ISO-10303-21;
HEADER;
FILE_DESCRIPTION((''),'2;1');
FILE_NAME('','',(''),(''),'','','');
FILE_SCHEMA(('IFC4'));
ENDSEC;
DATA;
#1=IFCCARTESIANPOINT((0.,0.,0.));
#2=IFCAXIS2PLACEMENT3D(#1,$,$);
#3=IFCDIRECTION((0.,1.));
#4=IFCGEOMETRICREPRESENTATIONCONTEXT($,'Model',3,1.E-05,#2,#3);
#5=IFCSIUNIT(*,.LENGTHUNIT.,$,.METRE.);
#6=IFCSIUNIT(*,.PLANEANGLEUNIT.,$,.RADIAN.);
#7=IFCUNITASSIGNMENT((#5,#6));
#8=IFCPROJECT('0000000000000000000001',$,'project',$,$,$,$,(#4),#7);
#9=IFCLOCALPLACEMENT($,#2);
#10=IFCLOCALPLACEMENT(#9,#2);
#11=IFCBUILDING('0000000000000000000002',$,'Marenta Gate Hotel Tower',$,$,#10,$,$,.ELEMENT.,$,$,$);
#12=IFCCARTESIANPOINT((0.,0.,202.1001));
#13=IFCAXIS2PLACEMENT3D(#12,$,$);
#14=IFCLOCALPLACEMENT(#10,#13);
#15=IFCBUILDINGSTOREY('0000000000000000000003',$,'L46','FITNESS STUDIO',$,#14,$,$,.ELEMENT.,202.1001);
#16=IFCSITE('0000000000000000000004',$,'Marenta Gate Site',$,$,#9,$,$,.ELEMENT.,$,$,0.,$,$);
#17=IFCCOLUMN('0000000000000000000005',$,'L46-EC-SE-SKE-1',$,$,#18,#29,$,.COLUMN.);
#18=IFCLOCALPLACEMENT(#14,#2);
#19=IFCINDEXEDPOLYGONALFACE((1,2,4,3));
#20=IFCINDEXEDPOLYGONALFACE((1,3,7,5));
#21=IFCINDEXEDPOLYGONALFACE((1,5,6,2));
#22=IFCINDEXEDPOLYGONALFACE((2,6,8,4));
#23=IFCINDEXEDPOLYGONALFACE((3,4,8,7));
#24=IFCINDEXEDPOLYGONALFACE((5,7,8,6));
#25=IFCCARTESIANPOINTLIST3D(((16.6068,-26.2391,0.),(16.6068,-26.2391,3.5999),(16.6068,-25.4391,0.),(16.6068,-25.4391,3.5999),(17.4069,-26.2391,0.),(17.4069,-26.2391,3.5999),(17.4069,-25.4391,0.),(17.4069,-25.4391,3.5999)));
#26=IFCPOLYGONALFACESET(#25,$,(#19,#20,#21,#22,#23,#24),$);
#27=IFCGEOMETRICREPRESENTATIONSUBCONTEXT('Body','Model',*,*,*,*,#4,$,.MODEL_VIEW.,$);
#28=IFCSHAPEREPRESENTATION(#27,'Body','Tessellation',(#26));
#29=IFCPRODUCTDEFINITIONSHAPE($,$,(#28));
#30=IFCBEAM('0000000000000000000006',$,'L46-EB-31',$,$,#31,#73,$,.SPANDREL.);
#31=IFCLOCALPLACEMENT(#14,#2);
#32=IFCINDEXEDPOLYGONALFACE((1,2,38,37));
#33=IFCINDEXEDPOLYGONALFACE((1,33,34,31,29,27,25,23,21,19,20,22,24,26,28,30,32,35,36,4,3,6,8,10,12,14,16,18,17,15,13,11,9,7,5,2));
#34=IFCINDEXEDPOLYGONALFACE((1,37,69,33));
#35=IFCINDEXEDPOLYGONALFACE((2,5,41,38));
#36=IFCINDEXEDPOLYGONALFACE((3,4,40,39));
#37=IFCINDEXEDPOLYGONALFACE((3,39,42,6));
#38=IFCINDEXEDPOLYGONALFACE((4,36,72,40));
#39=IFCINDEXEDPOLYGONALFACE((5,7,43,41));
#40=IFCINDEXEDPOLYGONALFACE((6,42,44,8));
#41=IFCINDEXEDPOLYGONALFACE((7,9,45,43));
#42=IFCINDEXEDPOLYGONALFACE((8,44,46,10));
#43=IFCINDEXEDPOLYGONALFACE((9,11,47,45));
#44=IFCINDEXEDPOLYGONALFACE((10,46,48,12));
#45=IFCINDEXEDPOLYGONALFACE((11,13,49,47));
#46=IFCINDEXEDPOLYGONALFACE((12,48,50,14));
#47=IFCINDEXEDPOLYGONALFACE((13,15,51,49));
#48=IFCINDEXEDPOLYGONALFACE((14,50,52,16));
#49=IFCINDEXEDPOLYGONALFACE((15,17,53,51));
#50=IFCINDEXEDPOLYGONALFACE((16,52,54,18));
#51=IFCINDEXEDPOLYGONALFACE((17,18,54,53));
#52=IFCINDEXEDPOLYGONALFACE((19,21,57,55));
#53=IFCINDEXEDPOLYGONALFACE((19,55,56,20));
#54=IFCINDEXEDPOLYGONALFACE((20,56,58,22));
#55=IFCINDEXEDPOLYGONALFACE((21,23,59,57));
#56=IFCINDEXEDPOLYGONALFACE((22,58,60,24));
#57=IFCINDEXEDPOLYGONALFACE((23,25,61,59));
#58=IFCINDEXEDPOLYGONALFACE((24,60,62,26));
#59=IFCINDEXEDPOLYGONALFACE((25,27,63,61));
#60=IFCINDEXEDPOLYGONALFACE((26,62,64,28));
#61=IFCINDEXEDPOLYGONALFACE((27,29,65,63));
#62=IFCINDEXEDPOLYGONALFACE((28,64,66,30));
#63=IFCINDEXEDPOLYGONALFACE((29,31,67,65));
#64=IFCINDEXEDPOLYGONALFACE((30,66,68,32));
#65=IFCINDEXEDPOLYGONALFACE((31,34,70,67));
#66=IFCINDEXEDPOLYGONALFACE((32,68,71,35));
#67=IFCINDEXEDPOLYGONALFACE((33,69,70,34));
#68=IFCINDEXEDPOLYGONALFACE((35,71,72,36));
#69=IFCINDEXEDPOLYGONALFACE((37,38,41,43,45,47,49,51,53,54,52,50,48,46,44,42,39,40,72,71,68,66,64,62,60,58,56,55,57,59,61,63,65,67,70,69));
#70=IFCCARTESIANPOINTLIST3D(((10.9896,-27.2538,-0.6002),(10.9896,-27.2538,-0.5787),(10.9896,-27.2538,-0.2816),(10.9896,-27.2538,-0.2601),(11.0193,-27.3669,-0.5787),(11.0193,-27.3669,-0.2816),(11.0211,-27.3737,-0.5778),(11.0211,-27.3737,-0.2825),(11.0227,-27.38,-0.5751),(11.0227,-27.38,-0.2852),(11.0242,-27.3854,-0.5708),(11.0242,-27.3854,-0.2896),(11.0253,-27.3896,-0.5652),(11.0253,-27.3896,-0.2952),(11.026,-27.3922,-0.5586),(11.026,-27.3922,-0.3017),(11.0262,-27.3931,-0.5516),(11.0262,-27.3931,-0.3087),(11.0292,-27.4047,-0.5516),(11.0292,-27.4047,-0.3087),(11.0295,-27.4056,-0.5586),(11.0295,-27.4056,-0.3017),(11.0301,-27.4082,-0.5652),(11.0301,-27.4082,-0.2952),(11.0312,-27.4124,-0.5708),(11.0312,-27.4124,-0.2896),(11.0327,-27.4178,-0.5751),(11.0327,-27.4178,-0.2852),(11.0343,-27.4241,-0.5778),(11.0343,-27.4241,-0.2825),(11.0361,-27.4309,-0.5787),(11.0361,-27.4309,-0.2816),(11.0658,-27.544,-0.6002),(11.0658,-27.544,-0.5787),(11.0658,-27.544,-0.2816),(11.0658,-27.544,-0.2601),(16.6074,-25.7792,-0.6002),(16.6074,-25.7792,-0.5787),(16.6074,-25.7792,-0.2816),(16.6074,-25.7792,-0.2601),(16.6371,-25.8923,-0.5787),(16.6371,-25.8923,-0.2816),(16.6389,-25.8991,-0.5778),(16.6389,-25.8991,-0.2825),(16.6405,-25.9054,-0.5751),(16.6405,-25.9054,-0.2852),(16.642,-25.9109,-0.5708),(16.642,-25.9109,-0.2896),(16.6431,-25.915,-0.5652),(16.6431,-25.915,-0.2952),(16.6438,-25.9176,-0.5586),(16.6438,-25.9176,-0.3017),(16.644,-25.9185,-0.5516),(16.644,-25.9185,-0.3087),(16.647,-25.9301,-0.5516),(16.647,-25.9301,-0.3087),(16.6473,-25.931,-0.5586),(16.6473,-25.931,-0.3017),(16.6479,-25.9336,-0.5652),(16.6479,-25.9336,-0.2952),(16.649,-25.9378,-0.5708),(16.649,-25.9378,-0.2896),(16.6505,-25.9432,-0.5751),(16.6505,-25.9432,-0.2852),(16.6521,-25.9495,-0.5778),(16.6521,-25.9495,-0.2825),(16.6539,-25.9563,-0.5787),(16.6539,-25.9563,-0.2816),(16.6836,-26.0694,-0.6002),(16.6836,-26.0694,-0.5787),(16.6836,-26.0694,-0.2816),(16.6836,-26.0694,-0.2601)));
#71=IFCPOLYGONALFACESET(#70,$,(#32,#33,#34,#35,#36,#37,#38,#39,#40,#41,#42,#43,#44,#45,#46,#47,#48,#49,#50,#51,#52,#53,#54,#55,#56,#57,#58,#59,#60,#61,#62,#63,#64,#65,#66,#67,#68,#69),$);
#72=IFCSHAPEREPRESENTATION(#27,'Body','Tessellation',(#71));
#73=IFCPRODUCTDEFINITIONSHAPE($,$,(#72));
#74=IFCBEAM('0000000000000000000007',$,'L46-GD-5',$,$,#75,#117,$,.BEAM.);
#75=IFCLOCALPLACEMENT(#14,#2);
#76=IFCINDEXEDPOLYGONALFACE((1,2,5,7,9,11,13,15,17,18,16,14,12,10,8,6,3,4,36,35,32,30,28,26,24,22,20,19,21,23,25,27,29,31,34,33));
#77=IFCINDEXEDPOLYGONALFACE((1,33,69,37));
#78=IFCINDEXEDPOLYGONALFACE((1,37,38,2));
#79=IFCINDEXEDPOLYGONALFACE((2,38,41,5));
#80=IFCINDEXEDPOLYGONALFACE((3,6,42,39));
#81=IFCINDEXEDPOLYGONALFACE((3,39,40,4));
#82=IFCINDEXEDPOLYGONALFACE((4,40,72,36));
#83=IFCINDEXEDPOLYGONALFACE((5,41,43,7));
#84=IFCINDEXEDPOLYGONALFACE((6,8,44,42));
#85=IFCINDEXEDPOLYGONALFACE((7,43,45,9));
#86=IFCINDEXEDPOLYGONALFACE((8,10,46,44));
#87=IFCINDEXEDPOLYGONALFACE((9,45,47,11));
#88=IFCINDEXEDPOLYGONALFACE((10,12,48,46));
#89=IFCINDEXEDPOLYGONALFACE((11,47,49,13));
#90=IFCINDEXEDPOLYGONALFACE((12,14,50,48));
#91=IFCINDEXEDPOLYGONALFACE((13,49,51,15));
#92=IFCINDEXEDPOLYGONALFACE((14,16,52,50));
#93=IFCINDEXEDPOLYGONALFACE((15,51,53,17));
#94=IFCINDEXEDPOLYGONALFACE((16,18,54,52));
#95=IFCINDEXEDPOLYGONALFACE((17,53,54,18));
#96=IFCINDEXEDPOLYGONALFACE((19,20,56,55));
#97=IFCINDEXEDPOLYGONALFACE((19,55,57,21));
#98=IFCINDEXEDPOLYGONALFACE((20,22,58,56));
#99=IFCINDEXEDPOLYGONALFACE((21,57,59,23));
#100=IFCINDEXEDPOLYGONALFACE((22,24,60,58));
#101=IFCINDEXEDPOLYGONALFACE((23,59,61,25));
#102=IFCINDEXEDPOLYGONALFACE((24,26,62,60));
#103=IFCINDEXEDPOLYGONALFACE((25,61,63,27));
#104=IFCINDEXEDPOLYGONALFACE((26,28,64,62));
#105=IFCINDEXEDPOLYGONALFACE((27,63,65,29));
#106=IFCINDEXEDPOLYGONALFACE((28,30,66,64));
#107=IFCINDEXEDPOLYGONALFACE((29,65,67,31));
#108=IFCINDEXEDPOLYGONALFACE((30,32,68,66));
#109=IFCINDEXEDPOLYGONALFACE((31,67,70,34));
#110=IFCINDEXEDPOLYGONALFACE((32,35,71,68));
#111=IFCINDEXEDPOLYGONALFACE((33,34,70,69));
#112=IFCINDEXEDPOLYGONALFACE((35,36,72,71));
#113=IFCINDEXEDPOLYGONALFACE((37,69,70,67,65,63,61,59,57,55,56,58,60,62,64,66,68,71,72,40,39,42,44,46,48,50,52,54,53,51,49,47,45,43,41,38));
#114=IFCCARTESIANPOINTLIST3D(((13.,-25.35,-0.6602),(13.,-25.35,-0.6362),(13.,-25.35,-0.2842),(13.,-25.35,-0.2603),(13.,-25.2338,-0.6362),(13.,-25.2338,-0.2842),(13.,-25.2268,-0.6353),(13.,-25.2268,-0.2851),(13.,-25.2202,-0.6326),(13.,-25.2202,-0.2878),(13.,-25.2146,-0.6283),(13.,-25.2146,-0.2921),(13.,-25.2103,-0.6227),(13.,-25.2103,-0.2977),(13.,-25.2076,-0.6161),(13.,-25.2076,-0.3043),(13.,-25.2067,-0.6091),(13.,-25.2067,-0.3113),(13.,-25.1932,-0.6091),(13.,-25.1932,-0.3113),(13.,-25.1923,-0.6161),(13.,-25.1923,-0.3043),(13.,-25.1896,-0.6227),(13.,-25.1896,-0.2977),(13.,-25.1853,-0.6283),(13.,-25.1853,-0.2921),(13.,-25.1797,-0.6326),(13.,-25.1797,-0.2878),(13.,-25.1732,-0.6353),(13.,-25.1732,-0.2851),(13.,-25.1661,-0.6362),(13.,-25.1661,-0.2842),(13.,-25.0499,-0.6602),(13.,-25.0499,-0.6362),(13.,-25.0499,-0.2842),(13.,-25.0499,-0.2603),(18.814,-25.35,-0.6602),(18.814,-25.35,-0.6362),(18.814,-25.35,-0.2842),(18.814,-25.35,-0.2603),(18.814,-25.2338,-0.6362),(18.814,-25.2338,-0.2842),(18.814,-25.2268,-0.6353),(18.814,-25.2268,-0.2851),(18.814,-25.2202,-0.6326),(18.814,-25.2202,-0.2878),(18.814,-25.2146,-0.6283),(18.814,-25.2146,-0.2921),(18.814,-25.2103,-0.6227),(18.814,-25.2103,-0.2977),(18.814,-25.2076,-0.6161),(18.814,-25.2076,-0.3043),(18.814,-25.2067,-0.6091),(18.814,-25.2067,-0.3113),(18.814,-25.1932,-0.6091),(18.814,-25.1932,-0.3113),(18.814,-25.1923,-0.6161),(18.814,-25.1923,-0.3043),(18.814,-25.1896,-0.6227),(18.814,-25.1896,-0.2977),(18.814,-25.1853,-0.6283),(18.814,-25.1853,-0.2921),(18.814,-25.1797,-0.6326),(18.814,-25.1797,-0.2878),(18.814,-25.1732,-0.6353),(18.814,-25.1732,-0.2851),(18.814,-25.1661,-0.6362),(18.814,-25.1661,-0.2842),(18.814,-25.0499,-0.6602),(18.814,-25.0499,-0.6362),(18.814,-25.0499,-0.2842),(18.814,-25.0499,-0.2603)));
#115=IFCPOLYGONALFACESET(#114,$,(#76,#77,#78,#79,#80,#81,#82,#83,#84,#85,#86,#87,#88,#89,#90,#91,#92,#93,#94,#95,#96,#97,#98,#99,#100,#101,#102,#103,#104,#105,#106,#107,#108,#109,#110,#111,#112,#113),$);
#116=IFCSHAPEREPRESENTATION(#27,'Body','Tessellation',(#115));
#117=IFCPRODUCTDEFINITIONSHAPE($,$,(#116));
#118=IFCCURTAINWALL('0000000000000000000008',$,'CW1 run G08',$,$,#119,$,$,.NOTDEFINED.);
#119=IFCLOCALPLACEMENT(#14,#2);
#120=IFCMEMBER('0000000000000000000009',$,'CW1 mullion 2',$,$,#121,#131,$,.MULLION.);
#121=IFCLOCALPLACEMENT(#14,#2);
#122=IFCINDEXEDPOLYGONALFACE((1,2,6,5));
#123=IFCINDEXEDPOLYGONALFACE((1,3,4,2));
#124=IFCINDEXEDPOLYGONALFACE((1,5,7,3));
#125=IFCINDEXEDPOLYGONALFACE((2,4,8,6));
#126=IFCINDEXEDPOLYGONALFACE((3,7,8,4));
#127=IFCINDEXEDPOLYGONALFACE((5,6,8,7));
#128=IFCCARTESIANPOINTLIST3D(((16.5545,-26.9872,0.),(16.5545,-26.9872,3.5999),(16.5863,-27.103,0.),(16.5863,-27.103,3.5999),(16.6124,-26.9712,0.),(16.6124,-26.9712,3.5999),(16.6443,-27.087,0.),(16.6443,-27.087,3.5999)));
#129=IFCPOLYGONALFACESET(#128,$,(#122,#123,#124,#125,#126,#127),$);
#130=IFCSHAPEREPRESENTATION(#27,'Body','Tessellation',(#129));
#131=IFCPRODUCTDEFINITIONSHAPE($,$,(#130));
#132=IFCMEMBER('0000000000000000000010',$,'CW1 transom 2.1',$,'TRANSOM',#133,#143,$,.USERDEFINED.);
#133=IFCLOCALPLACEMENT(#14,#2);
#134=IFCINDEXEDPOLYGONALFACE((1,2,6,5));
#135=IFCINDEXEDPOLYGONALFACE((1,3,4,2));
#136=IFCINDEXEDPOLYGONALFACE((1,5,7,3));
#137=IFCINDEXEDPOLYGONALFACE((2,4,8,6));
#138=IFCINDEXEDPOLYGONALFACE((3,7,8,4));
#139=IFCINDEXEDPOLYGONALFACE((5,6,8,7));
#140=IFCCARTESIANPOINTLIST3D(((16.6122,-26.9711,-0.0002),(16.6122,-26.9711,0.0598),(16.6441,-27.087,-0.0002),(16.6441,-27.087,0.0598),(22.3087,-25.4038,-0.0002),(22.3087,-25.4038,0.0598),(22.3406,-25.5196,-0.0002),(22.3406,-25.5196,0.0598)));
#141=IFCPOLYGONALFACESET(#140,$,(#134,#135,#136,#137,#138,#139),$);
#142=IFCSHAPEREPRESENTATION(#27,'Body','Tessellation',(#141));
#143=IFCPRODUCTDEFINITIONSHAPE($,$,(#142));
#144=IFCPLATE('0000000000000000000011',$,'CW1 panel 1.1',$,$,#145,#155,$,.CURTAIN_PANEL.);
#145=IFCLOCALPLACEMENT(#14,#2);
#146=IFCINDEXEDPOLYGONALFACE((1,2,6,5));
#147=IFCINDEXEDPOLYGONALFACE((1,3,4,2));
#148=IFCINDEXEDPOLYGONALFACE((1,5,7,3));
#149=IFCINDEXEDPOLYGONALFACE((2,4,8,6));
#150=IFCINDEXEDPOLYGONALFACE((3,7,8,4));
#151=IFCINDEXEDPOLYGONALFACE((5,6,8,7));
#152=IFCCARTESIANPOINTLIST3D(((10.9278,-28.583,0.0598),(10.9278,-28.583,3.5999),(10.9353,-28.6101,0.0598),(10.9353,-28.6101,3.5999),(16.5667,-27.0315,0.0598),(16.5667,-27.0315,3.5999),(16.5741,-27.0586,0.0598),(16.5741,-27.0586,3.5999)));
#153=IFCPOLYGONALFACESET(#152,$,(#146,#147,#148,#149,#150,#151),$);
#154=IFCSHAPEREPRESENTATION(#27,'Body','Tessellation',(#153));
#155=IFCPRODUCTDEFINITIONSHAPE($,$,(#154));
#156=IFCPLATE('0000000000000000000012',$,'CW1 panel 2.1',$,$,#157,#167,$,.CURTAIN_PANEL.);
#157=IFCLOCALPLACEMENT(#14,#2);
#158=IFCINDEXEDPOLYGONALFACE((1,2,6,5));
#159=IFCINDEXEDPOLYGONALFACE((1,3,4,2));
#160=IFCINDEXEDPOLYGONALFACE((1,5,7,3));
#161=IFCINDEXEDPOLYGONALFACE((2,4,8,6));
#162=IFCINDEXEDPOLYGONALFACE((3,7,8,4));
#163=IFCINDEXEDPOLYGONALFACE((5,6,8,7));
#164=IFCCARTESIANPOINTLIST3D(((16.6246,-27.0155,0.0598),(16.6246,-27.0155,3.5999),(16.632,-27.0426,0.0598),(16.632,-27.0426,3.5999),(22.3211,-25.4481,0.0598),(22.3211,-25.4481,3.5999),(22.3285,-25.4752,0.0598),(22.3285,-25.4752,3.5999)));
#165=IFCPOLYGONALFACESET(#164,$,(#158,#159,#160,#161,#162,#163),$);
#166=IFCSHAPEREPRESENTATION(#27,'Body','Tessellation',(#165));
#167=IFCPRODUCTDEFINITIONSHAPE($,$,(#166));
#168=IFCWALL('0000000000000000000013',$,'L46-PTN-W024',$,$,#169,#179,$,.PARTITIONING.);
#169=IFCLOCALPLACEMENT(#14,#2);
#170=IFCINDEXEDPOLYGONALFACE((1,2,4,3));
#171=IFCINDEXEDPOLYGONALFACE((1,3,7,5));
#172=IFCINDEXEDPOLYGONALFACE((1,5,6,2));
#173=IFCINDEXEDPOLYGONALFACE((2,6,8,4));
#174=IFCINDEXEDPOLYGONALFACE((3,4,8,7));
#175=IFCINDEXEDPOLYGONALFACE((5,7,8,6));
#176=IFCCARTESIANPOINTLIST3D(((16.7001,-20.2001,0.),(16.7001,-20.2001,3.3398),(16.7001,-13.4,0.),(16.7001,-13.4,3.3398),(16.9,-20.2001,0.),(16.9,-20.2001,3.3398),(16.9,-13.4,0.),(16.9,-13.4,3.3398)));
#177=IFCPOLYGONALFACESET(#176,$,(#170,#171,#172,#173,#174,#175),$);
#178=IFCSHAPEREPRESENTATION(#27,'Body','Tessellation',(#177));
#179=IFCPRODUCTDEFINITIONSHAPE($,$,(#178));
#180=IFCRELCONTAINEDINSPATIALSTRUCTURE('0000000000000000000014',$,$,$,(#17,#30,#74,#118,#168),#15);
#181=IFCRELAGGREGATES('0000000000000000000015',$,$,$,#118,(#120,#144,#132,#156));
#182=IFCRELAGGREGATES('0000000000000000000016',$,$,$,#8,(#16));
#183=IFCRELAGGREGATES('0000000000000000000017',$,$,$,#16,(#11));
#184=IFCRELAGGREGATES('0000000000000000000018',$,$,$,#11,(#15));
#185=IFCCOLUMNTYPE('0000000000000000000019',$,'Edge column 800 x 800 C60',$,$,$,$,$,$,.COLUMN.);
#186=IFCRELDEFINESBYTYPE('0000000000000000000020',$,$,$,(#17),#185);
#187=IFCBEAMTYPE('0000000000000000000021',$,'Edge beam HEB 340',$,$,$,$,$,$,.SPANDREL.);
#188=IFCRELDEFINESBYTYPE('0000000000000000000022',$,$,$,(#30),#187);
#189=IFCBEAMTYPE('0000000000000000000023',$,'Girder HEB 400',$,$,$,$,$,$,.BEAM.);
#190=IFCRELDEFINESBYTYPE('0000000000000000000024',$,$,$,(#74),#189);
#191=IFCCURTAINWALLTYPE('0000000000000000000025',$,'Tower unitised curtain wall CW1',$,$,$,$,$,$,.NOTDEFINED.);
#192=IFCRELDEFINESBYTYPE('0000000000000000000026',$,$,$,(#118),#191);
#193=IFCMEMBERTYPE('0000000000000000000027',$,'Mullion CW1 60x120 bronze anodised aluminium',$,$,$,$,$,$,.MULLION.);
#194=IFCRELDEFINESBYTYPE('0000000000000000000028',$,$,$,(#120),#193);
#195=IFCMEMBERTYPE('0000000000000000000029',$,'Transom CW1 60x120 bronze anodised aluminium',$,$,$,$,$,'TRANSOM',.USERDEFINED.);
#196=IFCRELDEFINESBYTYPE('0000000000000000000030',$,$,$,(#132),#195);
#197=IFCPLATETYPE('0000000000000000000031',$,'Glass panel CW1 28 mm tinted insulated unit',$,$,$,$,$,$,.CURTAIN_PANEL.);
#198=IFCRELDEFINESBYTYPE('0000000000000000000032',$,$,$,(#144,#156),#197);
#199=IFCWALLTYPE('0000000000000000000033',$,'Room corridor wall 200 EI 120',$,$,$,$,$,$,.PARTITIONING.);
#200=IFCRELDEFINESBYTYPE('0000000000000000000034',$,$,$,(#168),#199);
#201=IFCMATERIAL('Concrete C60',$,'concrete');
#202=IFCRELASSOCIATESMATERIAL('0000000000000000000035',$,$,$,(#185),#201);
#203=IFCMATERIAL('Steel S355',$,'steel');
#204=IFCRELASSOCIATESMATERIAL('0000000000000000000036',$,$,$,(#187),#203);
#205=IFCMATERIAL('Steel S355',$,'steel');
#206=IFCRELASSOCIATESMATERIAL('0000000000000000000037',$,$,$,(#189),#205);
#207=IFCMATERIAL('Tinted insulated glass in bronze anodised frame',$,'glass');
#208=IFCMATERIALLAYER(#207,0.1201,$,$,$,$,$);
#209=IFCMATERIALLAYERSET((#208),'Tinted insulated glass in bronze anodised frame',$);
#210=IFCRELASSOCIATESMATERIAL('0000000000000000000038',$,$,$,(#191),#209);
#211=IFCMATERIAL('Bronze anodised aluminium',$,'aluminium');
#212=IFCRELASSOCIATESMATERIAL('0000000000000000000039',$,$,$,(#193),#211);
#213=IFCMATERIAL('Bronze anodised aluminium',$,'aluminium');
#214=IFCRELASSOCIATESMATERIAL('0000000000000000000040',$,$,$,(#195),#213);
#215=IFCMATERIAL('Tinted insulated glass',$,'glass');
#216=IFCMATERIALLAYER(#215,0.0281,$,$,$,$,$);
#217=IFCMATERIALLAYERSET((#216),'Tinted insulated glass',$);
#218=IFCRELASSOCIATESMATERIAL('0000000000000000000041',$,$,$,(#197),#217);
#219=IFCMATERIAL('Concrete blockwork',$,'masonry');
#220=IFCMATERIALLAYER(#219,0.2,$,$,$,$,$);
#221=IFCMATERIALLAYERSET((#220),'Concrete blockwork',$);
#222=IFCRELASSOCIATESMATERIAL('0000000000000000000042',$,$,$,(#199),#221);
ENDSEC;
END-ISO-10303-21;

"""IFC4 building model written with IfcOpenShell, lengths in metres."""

from ifc_helpers import new_model, si_unit, direction, frame, frame_2d, origin, origin_2d, place, context, subcontext, project, spatial, rectangle, i_section, extrude, material, layer, layer_set, material_profile, profile_set, type_object, element, aggregate, save


model = new_model("IFC4")

# Units and contexts
model_context = context("Model", 3, precision=1e-05, world=origin(), true_north=direction((0.0, 1.0)))
body_context = subcontext(model_context, "Body", "Model", "MODEL_VIEW")
ifc_project = project(units=[si_unit("LENGTHUNIT", "METRE"), si_unit("PLANEANGLEUNIT", "RADIAN")], contexts=[model_context])

# Site, building, storey
site_placement = place(None, origin())
site = spatial("IfcSite", under=ifc_project, at=site_placement, Name="Marenta Gate Site", CompositionType="ELEMENT", RefElevation=0.0)
building_placement = place(site_placement, origin())
building = spatial("IfcBuilding", under=site, at=building_placement, Name="Marenta Gate Hotel Tower", CompositionType="ELEMENT")
storey_placement = place(building_placement, frame((0.0, 0.0, 202.1001)))
storey = spatial("IfcBuildingStorey", under=building, at=storey_placement, Name="L46", Description="FITNESS STUDIO", CompositionType="ELEMENT", Elevation=202.1001)

# Column
ifc_material_1 = material(Name="Concrete C60", Category="concrete")
ifc_material_profile_1 = material_profile(ifc_material_1, rectangle(XDim=0.8, YDim=0.8, at=origin_2d()), Name="800 x 800")
ifc_profile_set_1 = profile_set([ifc_material_profile_1], Name="Concrete C60")
column_type = type_object("IfcColumnType", Name="Edge column 800 x 800 C60", PredefinedType="COLUMN", material=ifc_profile_set_1)
column_placement = place(storey_placement, frame((17.0068, -25.8391, 0.0), z_axis=(0.0, 0.0, 1.0), x_axis=(1.0, 0.0, 0.0)))
element("IfcColumn", 1, at=column_placement, inside=storey, type_object=column_type, Name="L46-EC-SE-SKE-1", PredefinedType="COLUMN", context=body_context, shape_type="SweptSolid", body=[
    extrude(rectangle(XDim=0.8, YDim=0.8, at=origin_2d()), origin(), (0.0, 0.0, 1.0), 3.5999),
])

# Beams
ifc_material_2 = material(Name="Steel S355", Category="steel")
ifc_material_profile_2 = material_profile(ifc_material_2, i_section(OverallWidth=0.3, OverallDepth=0.3401, WebThickness=0.012, FlangeThickness=0.0215, FilletRadius=0.0271, at=origin_2d()), Name="HEB 340")
ifc_profile_set_2 = profile_set([ifc_material_profile_2], Name="Steel S355")
beam_type_1 = type_object("IfcBeamType", Name="Edge beam HEB 340", PredefinedType="SPANDREL", material=ifc_profile_set_2)
beam_1_placement = place(storey_placement, frame((16.6455, -25.9243, -0.4302), z_axis=(-0.967235, -0.253883, 0.0), x_axis=(0.253883, -0.967235, 0.0)))
element("IfcBeam", 2, at=beam_1_placement, inside=storey, type_object=beam_type_1, Name="L46-EB-31", PredefinedType="SPANDREL", context=body_context, shape_type="SweptSolid", body=[
    extrude(i_section(OverallWidth=0.3, OverallDepth=0.3401, WebThickness=0.012, FlangeThickness=0.0215, FilletRadius=0.0271, at=origin_2d()), origin(), (0.0, 0.0, 1.0), 5.8081),
])
ifc_material_3 = material(Name="Steel S355", Category="steel")
ifc_material_profile_3 = material_profile(ifc_material_3, i_section(OverallWidth=0.3, OverallDepth=0.3999, WebThickness=0.0134, FlangeThickness=0.0239, FilletRadius=0.0271, at=origin_2d()), Name="HEB 400")
ifc_profile_set_3 = profile_set([ifc_material_profile_3], Name="Steel S355")
beam_type_2 = type_object("IfcBeamType", Name="Girder HEB 400", PredefinedType="BEAM", material=ifc_profile_set_3)
beam_2_placement = place(storey_placement, frame((13.0, -25.2, -0.4602), z_axis=(1.0, 0.0, 0.0), x_axis=(0.0, 1.0, 0.0)))
element("IfcBeam", 3, at=beam_2_placement, inside=storey, type_object=beam_type_2, Name="L46-GD-5", PredefinedType="BEAM", context=body_context, shape_type="SweptSolid", body=[
    extrude(i_section(OverallWidth=0.3, OverallDepth=0.3999, WebThickness=0.0134, FlangeThickness=0.0239, FilletRadius=0.0271, at=origin_2d()), origin(), (0.0, 0.0, 1.0), 5.814),
])

# Curtain wall, members, plates
ifc_material_4 = material(Name="Tinted insulated glass in bronze anodised frame", Category="glass")
ifc_layer_1 = layer(ifc_material_4, 0.1201)
ifc_layer_set_1 = layer_set([ifc_layer_1], Name="Tinted insulated glass in bronze anodised frame")
curtain_wall_type = type_object("IfcCurtainWallType", Name="Tower unitised curtain wall CW1", PredefinedType="NOTDEFINED", material=ifc_layer_set_1)
curtain_wall_placement = place(storey_placement, origin())
curtain_wall = element("IfcCurtainWall", 4, at=curtain_wall_placement, inside=storey, type_object=curtain_wall_type, Name="CW1 run G08", PredefinedType="NOTDEFINED")
ifc_material_5 = material(Name="Bronze anodised aluminium", Category="aluminium")
ifc_material_profile_4 = material_profile(ifc_material_5, rectangle(XDim=0.1201, YDim=0.0601, at=origin_2d()), Name="Mullion CW1 60x120 bronze anodised aluminium")
ifc_profile_set_4 = profile_set([ifc_material_profile_4], Name="Bronze anodised aluminium")
member_type_1 = type_object("IfcMemberType", Name="Mullion CW1 60x120 bronze anodised aluminium", PredefinedType="MULLION", material=ifc_profile_set_4)
member_1_placement = place(storey_placement, frame((16.5994, -27.0371, 0.0), z_axis=(0.0, 0.0, 1.0), x_axis=(-0.265293, 0.964168, 0.0)))
member_1 = element("IfcMember", 5, at=member_1_placement, type_object=member_type_1, Name="CW1 mullion 2", PredefinedType="MULLION", context=body_context, shape_type="SweptSolid", body=[
    extrude(rectangle(XDim=0.1201, YDim=0.0601, at=origin_2d()), origin(), (0.0, 0.0, 1.0), 3.5999),
])
ifc_material_6 = material(Name="Bronze anodised aluminium", Category="aluminium")
ifc_material_profile_5 = material_profile(ifc_material_6, rectangle(XDim=0.1201, YDim=0.0601, at=origin_2d()), Name="Transom CW1 60x120 bronze anodised aluminium")
ifc_profile_set_5 = profile_set([ifc_material_profile_5], Name="Bronze anodised aluminium")
member_type_2 = type_object("IfcMemberType", Name="Transom CW1 60x120 bronze anodised aluminium", ElementType="TRANSOM", PredefinedType="USERDEFINED", material=ifc_profile_set_5)
member_2_placement = place(storey_placement, frame((16.6282, -27.0291, 0.0298), z_axis=(0.964169, 0.265288, 0.0), x_axis=(-0.265288, 0.964169, 0.0)))
member_2 = element("IfcMember", 6, at=member_2_placement, type_object=member_type_2, Name="CW1 transom 2.1", ObjectType="TRANSOM", PredefinedType="USERDEFINED", context=body_context, shape_type="SweptSolid", body=[
    extrude(rectangle(XDim=0.1201, YDim=0.0601, at=origin_2d()), origin(), (0.0, 0.0, 1.0), 5.9082),
])
ifc_material_7 = material(Name="Tinted insulated glass", Category="glass")
ifc_layer_2 = layer(ifc_material_7, 0.0281)
ifc_layer_set_2 = layer_set([ifc_layer_2], Name="Tinted insulated glass")
plate_type = type_object("IfcPlateType", Name="Glass panel CW1 28 mm tinted insulated unit", PredefinedType="CURTAIN_PANEL", material=ifc_layer_set_2)
plate_1_placement = place(storey_placement, frame((13.751, -27.8208, 0.0598), z_axis=(0.0, 0.0, 1.0), x_axis=(0.964168, 0.265293, 0.0)))
plate_1 = element("IfcPlate", 7, at=plate_1_placement, type_object=plate_type, Name="CW1 panel 1.1", PredefinedType="CURTAIN_PANEL", context=body_context, shape_type="SweptSolid", body=[
    extrude(rectangle(XDim=5.8484, YDim=0.0281, at=origin_2d()), origin(), (0.0, 0.0, 1.0), 3.54),
])
plate_2_placement = place(storey_placement, frame((19.4766, -26.2454, 0.0598), z_axis=(0.0, 0.0, 1.0), x_axis=(0.964168, 0.265293, 0.0)))
plate_2 = element("IfcPlate", 8, at=plate_2_placement, type_object=plate_type, Name="CW1 panel 2.1", PredefinedType="CURTAIN_PANEL", context=body_context, shape_type="SweptSolid", body=[
    extrude(rectangle(XDim=5.9082, YDim=0.0281, at=origin_2d()), origin(), (0.0, 0.0, 1.0), 3.54),
])
aggregate(curtain_wall, [member_1, plate_1, member_2, plate_2])

# Wall
ifc_material_8 = material(Name="Concrete blockwork", Category="masonry")
ifc_layer_3 = layer(ifc_material_8, 0.2)
ifc_layer_set_3 = layer_set([ifc_layer_3], Name="Concrete blockwork")
wall_type_1 = type_object("IfcWallType", Name="Room corridor wall 200 EI 120", PredefinedType="PARTITIONING", material=ifc_layer_set_3)
wall_1_placement = place(storey_placement, frame((16.8, -20.2, 0.0), z_axis=(0.0, 0.0, 1.0), x_axis=(0.0, 1.0, 0.0)))
element("IfcWall", 9, at=wall_1_placement, inside=storey, type_object=wall_type_1, Name="L46-PTN-W024", PredefinedType="PARTITIONING", context=body_context, shape_type="SweptSolid", body=[
    extrude(rectangle(XDim=6.8, YDim=0.2, at=frame_2d((3.3999, 0.0))), origin(), (0.0, 0.0, 1.0), 3.3398),
])

save(model, "model.ifc")
